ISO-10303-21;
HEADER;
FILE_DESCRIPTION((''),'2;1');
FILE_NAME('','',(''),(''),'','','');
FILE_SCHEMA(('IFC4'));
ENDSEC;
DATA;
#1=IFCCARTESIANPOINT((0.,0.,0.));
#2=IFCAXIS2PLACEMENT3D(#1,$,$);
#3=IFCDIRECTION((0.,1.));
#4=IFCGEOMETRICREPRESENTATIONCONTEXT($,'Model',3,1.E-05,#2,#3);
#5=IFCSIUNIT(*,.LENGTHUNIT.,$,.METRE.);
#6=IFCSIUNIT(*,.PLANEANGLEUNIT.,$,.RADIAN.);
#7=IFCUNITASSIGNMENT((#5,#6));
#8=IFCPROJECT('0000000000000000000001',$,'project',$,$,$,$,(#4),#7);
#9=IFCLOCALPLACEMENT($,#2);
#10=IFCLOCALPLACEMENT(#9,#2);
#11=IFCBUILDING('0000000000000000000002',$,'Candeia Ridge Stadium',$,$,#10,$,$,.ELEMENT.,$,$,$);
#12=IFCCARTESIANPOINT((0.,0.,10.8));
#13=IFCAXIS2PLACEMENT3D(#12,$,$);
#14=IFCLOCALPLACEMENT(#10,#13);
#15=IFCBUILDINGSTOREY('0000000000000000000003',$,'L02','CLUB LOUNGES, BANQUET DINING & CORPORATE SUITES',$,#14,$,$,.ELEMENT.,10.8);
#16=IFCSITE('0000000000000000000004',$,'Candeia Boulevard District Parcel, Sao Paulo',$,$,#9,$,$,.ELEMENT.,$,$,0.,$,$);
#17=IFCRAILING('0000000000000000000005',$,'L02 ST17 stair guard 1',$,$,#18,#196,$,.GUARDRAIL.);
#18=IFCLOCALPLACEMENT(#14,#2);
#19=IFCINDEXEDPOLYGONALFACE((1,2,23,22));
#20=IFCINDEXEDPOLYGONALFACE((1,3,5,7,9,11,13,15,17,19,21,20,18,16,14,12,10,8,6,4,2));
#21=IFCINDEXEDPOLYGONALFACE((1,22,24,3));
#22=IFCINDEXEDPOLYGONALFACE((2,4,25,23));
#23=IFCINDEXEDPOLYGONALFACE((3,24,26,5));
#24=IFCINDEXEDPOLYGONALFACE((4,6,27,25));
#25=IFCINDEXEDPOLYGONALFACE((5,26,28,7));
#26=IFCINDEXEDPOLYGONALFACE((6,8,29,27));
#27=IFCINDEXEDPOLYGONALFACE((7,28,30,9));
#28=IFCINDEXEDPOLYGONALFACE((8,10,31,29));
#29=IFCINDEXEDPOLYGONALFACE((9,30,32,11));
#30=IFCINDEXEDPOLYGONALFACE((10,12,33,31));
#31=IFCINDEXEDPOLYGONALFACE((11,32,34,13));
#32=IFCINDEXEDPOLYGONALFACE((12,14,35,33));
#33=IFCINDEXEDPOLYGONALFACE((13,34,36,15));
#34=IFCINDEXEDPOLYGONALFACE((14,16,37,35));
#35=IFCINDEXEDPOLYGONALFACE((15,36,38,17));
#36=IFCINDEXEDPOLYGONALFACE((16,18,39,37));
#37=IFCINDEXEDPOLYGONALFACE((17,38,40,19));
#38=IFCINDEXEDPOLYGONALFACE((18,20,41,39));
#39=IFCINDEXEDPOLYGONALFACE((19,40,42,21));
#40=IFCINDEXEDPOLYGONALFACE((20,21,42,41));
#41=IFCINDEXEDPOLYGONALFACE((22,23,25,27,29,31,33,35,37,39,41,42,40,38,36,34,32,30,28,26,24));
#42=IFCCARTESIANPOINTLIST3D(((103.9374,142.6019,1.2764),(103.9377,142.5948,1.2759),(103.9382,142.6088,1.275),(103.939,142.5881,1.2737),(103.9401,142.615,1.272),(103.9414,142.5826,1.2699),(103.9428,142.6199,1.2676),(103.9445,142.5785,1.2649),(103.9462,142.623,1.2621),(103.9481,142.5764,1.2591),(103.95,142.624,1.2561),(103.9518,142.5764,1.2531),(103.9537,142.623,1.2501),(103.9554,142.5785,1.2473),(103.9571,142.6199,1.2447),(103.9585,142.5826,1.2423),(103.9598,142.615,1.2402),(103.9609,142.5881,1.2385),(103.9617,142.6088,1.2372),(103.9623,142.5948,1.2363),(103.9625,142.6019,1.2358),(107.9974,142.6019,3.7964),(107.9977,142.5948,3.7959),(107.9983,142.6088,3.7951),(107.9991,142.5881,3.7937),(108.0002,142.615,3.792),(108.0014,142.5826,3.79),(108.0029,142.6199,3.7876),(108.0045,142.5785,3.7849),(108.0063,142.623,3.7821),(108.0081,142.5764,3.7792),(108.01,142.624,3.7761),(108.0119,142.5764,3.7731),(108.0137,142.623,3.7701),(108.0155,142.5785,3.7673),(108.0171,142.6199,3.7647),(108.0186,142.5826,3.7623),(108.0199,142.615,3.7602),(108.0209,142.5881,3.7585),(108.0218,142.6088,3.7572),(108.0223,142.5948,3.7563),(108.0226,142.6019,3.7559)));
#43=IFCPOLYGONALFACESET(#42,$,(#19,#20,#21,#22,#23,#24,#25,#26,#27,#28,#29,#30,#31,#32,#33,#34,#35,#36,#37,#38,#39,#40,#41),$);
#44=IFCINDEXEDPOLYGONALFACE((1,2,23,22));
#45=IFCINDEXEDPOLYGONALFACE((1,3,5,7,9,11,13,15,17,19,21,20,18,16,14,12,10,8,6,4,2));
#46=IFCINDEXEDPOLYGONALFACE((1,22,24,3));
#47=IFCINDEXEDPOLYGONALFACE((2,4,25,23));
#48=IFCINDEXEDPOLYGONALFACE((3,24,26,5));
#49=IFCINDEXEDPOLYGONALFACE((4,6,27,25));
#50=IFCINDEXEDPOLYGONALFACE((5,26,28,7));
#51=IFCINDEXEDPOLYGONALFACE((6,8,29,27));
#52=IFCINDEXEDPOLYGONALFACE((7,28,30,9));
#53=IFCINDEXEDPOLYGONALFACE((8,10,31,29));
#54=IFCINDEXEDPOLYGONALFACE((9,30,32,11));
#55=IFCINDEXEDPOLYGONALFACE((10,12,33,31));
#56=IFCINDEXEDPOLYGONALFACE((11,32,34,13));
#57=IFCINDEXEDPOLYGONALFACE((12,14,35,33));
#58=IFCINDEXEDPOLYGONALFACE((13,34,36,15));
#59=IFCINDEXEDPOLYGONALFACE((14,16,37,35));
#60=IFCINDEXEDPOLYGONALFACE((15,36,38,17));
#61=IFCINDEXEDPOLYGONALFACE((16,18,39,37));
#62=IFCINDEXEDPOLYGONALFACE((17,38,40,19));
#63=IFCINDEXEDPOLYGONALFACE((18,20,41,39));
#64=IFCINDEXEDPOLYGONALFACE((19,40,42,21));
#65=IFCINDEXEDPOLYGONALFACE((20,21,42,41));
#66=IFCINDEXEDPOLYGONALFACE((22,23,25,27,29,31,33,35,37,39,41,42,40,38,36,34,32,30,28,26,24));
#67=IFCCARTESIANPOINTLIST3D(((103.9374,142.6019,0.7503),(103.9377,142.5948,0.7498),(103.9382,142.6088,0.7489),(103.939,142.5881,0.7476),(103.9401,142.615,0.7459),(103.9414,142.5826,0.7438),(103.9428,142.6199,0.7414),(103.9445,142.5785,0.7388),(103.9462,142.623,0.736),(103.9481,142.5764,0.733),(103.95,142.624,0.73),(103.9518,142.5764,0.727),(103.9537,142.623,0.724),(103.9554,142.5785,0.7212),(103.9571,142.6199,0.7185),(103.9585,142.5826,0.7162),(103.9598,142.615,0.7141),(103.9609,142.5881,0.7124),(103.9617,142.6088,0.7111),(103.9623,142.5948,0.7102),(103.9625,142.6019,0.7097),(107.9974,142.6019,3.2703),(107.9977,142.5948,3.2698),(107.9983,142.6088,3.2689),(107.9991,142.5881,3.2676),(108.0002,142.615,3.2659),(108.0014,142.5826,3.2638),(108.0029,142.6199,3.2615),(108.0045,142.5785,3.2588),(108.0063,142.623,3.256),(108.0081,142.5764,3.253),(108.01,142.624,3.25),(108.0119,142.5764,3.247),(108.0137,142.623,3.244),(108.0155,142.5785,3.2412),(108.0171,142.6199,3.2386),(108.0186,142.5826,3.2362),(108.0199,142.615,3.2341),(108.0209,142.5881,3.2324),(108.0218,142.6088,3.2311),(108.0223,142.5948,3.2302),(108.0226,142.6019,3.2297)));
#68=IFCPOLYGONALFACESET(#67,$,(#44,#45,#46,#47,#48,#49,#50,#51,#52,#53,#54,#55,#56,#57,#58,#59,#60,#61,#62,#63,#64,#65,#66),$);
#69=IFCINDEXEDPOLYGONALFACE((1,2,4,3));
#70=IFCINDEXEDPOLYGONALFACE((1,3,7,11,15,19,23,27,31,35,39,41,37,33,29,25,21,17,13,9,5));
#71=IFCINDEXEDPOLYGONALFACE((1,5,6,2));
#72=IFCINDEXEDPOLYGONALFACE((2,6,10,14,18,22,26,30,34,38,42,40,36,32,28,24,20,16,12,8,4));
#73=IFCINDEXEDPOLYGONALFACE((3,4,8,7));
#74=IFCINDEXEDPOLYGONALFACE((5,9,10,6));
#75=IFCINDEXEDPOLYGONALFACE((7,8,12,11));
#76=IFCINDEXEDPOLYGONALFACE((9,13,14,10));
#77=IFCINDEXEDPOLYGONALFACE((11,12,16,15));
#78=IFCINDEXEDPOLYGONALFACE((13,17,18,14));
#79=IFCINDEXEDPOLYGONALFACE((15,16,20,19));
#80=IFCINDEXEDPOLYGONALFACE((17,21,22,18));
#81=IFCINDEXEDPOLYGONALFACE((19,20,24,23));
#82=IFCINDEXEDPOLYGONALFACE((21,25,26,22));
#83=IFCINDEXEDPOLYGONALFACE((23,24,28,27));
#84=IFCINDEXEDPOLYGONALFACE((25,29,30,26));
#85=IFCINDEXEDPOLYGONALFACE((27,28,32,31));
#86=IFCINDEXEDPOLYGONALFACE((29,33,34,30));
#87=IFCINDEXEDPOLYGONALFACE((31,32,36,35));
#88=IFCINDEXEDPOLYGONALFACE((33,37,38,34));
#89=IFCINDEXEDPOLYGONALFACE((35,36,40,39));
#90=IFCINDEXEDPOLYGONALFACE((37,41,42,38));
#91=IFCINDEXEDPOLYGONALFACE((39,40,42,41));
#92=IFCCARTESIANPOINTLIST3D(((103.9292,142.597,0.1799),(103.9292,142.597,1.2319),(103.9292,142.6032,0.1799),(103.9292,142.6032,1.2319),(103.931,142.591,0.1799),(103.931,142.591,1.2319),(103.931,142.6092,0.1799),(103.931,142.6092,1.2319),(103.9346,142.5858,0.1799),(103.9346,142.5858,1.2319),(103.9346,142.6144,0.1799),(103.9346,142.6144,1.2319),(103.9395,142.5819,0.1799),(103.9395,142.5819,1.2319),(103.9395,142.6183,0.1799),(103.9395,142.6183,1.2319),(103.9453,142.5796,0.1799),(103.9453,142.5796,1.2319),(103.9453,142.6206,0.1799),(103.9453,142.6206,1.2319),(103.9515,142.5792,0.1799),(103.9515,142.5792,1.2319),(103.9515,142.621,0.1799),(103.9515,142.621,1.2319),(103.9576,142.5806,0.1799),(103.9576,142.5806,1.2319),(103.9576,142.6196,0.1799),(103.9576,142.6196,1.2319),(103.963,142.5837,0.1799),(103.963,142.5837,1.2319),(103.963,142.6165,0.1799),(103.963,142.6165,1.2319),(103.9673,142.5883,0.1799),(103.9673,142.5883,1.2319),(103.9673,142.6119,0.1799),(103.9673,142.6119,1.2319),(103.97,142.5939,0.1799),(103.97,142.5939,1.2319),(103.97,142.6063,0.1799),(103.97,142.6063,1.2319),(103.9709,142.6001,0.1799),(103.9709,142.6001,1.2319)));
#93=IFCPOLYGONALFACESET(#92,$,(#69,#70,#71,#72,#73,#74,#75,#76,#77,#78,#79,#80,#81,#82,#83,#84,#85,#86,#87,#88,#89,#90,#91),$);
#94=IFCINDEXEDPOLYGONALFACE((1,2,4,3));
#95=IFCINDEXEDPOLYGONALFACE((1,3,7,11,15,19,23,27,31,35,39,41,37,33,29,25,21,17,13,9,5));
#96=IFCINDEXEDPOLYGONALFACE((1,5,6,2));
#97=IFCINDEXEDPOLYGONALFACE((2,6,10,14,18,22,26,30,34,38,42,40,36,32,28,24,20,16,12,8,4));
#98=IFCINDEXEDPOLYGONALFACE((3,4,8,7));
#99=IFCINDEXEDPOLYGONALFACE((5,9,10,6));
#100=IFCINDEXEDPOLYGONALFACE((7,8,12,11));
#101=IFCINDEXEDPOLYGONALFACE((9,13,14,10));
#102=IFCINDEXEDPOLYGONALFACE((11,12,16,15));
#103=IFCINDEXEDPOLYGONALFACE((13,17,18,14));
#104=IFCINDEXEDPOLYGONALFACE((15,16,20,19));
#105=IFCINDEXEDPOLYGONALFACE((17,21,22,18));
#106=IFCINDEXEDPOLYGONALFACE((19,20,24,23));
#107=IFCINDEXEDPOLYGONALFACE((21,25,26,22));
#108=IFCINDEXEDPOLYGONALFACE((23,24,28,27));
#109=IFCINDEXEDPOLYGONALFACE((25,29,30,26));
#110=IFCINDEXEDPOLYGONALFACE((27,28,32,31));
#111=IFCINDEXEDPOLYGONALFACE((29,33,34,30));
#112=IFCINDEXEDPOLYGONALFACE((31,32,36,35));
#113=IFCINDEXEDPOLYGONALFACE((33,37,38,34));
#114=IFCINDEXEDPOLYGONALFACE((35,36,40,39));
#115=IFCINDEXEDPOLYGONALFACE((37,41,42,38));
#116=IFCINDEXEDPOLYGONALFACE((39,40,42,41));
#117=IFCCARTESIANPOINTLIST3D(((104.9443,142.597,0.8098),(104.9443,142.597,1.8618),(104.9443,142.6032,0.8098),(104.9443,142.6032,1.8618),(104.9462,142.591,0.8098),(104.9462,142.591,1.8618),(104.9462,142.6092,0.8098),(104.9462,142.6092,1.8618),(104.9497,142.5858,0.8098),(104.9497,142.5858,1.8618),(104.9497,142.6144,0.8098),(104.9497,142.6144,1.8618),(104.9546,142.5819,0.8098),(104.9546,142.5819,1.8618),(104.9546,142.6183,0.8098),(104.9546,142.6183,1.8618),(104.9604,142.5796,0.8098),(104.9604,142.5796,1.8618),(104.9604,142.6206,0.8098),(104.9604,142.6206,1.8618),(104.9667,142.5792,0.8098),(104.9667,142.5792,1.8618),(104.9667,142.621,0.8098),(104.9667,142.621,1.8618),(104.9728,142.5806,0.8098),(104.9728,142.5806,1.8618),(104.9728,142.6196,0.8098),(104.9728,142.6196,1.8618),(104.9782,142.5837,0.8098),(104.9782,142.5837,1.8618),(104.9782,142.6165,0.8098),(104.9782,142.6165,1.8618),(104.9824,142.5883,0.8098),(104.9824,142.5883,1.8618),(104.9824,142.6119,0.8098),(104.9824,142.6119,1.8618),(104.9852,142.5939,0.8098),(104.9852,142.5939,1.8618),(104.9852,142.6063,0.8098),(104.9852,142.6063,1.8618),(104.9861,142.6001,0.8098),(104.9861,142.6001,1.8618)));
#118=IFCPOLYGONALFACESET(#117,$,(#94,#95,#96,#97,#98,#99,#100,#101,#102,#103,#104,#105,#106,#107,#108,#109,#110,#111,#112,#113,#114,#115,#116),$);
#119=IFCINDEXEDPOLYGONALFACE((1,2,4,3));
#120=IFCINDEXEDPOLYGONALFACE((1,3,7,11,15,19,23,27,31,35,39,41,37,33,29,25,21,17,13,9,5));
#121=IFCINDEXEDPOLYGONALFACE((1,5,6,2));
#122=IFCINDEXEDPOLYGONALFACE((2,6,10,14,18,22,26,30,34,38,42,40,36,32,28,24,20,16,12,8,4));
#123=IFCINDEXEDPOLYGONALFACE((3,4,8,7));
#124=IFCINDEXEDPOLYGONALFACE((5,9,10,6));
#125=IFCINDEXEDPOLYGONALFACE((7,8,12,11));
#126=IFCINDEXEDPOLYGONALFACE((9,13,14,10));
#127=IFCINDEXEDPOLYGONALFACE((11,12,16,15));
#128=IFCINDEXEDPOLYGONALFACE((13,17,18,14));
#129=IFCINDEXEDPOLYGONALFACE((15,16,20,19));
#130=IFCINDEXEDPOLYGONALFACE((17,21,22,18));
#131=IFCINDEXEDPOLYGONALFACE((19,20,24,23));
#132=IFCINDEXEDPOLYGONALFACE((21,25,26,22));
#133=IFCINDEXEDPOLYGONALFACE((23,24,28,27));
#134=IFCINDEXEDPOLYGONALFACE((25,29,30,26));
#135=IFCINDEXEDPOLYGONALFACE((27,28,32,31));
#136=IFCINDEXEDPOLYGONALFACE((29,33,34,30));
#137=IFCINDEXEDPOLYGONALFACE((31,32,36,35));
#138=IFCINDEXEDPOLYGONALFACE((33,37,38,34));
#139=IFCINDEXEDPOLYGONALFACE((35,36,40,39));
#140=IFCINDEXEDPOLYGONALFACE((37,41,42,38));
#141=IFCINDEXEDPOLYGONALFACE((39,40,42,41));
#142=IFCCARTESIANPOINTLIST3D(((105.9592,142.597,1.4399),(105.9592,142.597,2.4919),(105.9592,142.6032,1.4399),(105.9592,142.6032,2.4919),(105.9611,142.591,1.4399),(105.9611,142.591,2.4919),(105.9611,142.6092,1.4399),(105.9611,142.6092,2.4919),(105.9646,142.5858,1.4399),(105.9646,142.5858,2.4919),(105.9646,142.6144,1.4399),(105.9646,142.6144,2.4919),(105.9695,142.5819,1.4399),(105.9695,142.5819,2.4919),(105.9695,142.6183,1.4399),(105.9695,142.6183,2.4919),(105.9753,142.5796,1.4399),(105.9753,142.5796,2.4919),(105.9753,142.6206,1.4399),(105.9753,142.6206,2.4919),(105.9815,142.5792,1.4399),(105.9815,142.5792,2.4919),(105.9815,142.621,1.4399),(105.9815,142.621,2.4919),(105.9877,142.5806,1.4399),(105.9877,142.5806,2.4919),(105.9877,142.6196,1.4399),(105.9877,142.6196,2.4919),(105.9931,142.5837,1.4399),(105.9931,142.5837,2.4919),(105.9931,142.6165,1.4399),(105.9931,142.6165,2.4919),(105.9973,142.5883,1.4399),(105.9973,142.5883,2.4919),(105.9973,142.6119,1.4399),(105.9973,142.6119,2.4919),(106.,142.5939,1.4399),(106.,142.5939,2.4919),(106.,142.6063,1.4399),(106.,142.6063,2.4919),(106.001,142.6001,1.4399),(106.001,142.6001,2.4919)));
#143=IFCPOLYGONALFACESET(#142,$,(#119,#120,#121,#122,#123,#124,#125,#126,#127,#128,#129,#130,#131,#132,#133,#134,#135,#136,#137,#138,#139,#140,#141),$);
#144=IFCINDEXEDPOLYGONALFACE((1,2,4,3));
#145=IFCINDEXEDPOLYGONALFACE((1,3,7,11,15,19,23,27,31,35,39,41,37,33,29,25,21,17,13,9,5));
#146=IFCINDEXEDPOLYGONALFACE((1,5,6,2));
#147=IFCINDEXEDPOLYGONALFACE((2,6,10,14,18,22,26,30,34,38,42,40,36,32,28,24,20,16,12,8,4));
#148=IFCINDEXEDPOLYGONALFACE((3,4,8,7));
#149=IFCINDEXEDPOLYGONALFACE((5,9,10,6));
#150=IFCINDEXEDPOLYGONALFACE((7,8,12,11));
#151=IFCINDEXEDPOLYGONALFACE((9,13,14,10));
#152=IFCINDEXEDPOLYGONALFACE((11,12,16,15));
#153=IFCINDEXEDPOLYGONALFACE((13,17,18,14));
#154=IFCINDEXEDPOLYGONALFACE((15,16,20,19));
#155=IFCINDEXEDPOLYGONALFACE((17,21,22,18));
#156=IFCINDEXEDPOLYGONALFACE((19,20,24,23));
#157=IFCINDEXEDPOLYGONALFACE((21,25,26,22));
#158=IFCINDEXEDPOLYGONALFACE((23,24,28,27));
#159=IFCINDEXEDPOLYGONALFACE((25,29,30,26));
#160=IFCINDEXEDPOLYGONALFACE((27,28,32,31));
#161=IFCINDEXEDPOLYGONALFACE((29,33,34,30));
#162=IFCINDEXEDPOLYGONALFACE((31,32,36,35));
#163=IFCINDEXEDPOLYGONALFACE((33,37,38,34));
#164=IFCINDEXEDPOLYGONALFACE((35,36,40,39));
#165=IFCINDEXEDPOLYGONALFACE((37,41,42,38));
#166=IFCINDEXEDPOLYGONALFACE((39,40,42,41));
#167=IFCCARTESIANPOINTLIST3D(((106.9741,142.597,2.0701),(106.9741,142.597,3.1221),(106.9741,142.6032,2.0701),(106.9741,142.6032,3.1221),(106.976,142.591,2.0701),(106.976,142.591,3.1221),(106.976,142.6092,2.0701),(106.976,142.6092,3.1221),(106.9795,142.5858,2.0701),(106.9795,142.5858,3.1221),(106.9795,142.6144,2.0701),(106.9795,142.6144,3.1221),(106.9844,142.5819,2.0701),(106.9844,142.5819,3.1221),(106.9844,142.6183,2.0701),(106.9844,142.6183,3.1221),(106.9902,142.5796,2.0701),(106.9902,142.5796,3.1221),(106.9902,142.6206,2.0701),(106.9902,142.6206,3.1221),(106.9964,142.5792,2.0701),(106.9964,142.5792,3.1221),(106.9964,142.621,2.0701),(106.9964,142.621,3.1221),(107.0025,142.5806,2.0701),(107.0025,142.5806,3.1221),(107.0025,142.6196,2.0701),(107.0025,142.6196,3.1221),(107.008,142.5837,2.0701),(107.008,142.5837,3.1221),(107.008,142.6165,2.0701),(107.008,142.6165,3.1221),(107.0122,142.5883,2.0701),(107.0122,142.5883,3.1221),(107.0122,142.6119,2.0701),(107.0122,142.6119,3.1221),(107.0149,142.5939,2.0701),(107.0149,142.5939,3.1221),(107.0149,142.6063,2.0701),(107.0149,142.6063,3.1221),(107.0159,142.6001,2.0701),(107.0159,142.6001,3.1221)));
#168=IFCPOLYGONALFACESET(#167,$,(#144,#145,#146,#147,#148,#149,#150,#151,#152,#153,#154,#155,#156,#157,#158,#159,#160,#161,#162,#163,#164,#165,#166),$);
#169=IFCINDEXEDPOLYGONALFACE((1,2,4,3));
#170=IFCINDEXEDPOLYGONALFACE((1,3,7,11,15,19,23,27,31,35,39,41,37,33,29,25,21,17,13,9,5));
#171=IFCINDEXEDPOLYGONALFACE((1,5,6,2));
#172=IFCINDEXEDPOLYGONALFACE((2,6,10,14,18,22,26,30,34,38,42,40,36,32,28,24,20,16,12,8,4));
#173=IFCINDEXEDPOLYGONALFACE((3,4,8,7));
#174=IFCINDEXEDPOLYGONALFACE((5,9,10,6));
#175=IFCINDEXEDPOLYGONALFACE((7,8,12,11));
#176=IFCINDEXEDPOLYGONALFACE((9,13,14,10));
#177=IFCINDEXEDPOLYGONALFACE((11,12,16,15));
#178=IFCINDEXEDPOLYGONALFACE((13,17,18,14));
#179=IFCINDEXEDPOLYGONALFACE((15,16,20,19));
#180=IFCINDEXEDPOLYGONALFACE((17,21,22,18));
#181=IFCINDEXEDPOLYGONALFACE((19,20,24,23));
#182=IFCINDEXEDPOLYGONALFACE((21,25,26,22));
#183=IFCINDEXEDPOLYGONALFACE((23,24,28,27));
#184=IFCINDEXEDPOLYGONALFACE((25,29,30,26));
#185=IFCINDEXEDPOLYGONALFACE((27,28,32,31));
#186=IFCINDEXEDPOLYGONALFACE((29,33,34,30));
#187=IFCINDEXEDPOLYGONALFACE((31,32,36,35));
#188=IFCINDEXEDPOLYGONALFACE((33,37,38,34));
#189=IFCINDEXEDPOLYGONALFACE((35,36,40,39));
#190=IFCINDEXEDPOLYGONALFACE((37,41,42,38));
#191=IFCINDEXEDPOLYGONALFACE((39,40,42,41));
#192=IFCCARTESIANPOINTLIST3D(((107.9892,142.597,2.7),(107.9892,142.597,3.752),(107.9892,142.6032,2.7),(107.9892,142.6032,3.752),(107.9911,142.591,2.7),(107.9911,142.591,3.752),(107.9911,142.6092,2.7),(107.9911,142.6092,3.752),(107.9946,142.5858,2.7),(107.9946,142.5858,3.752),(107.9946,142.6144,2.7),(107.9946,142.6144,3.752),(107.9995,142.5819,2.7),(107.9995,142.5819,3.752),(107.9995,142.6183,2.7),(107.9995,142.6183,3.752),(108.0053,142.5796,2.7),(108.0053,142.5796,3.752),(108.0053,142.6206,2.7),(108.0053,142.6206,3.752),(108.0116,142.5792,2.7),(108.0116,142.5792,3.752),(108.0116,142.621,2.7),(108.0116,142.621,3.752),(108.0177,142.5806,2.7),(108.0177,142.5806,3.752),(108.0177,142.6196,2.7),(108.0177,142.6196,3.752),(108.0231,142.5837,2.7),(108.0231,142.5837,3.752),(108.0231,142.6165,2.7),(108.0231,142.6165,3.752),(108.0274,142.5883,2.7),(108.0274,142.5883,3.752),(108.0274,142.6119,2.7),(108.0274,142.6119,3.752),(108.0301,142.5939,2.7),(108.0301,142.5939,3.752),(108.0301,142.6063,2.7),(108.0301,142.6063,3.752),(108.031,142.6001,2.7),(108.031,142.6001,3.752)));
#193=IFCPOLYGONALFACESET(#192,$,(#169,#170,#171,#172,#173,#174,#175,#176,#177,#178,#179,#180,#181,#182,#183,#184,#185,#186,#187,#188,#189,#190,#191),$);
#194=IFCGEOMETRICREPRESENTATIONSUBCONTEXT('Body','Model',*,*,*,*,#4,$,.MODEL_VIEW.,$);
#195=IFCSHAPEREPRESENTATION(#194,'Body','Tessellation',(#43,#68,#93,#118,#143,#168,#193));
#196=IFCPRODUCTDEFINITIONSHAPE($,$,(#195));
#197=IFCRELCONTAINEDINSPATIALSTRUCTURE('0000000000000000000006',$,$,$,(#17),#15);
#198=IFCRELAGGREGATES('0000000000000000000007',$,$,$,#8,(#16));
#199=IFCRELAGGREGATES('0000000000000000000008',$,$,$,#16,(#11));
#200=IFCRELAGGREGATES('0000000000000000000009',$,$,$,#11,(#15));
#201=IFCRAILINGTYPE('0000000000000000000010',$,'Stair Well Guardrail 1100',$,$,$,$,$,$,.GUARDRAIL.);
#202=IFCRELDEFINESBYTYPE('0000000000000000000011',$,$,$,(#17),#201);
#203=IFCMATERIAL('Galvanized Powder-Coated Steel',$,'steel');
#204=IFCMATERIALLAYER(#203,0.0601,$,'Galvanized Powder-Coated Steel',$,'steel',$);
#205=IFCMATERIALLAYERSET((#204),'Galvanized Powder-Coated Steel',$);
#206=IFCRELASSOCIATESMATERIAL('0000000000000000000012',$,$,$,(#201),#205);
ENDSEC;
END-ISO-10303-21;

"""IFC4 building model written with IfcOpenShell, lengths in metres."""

from ifc_helpers import new_model, si_unit, direction, frame, origin, origin_2d, place, context, subcontext, project, spatial, circle, extrude, material, layer, layer_set, type_object, element, save


model = new_model("IFC4")

# Units and contexts
model_context = context("Model", 3, precision=1e-05, world=origin(), true_north=direction((0.0, 1.0)))
body_context = subcontext(model_context, "Body", "Model", "MODEL_VIEW")
ifc_project = project(units=[si_unit("LENGTHUNIT", "METRE"), si_unit("PLANEANGLEUNIT", "RADIAN")], contexts=[model_context])

# Site, building, storey
site_placement = place(None, origin())
site = spatial("IfcSite", under=ifc_project, at=site_placement, Name="Candeia Boulevard District Parcel, Sao Paulo", CompositionType="ELEMENT", RefElevation=0.0)
building_placement = place(site_placement, origin())
building = spatial("IfcBuilding", under=site, at=building_placement, Name="Candeia Ridge Stadium", CompositionType="ELEMENT")
storey_placement = place(building_placement, frame((0.0, 0.0, 10.8)))
storey = spatial("IfcBuildingStorey", under=building, at=storey_placement, Name="L02", Description="CLUB LOUNGES, BANQUET DINING & CORPORATE SUITES", CompositionType="ELEMENT", Elevation=10.8)

# Railing
ifc_material_1 = material(Name="Galvanized Powder-Coated Steel", Category="steel")
ifc_layer_1 = layer(ifc_material_1, 0.0601, Name="Galvanized Powder-Coated Steel", Category="steel")
ifc_layer_set_1 = layer_set([ifc_layer_1], Name="Galvanized Powder-Coated Steel")
railing_type_1 = type_object("IfcRailingType", Name="Stair Well Guardrail 1100", PredefinedType="GUARDRAIL", material=ifc_layer_set_1)
railing_1_placement = place(storey_placement, frame((103.95, 142.6001, 0.1799)))
element("IfcRailing", 1, at=railing_1_placement, inside=storey, type_object=railing_type_1, Name="L02 ST17 stair guard 1", PredefinedType="GUARDRAIL", context=body_context, shape_type="SweptSolid", body=[
    extrude(circle(Radius=0.0239, at=origin_2d()), frame((0.0, 0.0, 1.0762), z_axis=(0.849642, 0.0, 0.52736), x_axis=(0.0, 1.0, 0.0)), (0.0, 0.0, 1.0), 4.7786),
    extrude(circle(Radius=0.0239, at=origin_2d()), frame((0.0, 0.0, 0.55), z_axis=(0.849642, 0.0, 0.52736), x_axis=(0.0, 1.0, 0.0)), (0.0, 0.0, 1.0), 4.7786),
    extrude(circle(Radius=0.021, at=origin_2d()), origin(), (0.0, 0.0, 1.0), 1.052),
    extrude(circle(Radius=0.021, at=origin_2d()), frame((1.0151, 0.0, 0.6299)), (0.0, 0.0, 1.0), 1.052),
    extrude(circle(Radius=0.021, at=origin_2d()), frame((2.03, 0.0, 1.26)), (0.0, 0.0, 1.0), 1.052),
    extrude(circle(Radius=0.021, at=origin_2d()), frame((3.0449, 0.0, 1.8901)), (0.0, 0.0, 1.0), 1.052),
    extrude(circle(Radius=0.021, at=origin_2d()), frame((4.0601, 0.0, 2.52)), (0.0, 0.0, 1.0), 1.052),
])

save(model, "model.ifc")
